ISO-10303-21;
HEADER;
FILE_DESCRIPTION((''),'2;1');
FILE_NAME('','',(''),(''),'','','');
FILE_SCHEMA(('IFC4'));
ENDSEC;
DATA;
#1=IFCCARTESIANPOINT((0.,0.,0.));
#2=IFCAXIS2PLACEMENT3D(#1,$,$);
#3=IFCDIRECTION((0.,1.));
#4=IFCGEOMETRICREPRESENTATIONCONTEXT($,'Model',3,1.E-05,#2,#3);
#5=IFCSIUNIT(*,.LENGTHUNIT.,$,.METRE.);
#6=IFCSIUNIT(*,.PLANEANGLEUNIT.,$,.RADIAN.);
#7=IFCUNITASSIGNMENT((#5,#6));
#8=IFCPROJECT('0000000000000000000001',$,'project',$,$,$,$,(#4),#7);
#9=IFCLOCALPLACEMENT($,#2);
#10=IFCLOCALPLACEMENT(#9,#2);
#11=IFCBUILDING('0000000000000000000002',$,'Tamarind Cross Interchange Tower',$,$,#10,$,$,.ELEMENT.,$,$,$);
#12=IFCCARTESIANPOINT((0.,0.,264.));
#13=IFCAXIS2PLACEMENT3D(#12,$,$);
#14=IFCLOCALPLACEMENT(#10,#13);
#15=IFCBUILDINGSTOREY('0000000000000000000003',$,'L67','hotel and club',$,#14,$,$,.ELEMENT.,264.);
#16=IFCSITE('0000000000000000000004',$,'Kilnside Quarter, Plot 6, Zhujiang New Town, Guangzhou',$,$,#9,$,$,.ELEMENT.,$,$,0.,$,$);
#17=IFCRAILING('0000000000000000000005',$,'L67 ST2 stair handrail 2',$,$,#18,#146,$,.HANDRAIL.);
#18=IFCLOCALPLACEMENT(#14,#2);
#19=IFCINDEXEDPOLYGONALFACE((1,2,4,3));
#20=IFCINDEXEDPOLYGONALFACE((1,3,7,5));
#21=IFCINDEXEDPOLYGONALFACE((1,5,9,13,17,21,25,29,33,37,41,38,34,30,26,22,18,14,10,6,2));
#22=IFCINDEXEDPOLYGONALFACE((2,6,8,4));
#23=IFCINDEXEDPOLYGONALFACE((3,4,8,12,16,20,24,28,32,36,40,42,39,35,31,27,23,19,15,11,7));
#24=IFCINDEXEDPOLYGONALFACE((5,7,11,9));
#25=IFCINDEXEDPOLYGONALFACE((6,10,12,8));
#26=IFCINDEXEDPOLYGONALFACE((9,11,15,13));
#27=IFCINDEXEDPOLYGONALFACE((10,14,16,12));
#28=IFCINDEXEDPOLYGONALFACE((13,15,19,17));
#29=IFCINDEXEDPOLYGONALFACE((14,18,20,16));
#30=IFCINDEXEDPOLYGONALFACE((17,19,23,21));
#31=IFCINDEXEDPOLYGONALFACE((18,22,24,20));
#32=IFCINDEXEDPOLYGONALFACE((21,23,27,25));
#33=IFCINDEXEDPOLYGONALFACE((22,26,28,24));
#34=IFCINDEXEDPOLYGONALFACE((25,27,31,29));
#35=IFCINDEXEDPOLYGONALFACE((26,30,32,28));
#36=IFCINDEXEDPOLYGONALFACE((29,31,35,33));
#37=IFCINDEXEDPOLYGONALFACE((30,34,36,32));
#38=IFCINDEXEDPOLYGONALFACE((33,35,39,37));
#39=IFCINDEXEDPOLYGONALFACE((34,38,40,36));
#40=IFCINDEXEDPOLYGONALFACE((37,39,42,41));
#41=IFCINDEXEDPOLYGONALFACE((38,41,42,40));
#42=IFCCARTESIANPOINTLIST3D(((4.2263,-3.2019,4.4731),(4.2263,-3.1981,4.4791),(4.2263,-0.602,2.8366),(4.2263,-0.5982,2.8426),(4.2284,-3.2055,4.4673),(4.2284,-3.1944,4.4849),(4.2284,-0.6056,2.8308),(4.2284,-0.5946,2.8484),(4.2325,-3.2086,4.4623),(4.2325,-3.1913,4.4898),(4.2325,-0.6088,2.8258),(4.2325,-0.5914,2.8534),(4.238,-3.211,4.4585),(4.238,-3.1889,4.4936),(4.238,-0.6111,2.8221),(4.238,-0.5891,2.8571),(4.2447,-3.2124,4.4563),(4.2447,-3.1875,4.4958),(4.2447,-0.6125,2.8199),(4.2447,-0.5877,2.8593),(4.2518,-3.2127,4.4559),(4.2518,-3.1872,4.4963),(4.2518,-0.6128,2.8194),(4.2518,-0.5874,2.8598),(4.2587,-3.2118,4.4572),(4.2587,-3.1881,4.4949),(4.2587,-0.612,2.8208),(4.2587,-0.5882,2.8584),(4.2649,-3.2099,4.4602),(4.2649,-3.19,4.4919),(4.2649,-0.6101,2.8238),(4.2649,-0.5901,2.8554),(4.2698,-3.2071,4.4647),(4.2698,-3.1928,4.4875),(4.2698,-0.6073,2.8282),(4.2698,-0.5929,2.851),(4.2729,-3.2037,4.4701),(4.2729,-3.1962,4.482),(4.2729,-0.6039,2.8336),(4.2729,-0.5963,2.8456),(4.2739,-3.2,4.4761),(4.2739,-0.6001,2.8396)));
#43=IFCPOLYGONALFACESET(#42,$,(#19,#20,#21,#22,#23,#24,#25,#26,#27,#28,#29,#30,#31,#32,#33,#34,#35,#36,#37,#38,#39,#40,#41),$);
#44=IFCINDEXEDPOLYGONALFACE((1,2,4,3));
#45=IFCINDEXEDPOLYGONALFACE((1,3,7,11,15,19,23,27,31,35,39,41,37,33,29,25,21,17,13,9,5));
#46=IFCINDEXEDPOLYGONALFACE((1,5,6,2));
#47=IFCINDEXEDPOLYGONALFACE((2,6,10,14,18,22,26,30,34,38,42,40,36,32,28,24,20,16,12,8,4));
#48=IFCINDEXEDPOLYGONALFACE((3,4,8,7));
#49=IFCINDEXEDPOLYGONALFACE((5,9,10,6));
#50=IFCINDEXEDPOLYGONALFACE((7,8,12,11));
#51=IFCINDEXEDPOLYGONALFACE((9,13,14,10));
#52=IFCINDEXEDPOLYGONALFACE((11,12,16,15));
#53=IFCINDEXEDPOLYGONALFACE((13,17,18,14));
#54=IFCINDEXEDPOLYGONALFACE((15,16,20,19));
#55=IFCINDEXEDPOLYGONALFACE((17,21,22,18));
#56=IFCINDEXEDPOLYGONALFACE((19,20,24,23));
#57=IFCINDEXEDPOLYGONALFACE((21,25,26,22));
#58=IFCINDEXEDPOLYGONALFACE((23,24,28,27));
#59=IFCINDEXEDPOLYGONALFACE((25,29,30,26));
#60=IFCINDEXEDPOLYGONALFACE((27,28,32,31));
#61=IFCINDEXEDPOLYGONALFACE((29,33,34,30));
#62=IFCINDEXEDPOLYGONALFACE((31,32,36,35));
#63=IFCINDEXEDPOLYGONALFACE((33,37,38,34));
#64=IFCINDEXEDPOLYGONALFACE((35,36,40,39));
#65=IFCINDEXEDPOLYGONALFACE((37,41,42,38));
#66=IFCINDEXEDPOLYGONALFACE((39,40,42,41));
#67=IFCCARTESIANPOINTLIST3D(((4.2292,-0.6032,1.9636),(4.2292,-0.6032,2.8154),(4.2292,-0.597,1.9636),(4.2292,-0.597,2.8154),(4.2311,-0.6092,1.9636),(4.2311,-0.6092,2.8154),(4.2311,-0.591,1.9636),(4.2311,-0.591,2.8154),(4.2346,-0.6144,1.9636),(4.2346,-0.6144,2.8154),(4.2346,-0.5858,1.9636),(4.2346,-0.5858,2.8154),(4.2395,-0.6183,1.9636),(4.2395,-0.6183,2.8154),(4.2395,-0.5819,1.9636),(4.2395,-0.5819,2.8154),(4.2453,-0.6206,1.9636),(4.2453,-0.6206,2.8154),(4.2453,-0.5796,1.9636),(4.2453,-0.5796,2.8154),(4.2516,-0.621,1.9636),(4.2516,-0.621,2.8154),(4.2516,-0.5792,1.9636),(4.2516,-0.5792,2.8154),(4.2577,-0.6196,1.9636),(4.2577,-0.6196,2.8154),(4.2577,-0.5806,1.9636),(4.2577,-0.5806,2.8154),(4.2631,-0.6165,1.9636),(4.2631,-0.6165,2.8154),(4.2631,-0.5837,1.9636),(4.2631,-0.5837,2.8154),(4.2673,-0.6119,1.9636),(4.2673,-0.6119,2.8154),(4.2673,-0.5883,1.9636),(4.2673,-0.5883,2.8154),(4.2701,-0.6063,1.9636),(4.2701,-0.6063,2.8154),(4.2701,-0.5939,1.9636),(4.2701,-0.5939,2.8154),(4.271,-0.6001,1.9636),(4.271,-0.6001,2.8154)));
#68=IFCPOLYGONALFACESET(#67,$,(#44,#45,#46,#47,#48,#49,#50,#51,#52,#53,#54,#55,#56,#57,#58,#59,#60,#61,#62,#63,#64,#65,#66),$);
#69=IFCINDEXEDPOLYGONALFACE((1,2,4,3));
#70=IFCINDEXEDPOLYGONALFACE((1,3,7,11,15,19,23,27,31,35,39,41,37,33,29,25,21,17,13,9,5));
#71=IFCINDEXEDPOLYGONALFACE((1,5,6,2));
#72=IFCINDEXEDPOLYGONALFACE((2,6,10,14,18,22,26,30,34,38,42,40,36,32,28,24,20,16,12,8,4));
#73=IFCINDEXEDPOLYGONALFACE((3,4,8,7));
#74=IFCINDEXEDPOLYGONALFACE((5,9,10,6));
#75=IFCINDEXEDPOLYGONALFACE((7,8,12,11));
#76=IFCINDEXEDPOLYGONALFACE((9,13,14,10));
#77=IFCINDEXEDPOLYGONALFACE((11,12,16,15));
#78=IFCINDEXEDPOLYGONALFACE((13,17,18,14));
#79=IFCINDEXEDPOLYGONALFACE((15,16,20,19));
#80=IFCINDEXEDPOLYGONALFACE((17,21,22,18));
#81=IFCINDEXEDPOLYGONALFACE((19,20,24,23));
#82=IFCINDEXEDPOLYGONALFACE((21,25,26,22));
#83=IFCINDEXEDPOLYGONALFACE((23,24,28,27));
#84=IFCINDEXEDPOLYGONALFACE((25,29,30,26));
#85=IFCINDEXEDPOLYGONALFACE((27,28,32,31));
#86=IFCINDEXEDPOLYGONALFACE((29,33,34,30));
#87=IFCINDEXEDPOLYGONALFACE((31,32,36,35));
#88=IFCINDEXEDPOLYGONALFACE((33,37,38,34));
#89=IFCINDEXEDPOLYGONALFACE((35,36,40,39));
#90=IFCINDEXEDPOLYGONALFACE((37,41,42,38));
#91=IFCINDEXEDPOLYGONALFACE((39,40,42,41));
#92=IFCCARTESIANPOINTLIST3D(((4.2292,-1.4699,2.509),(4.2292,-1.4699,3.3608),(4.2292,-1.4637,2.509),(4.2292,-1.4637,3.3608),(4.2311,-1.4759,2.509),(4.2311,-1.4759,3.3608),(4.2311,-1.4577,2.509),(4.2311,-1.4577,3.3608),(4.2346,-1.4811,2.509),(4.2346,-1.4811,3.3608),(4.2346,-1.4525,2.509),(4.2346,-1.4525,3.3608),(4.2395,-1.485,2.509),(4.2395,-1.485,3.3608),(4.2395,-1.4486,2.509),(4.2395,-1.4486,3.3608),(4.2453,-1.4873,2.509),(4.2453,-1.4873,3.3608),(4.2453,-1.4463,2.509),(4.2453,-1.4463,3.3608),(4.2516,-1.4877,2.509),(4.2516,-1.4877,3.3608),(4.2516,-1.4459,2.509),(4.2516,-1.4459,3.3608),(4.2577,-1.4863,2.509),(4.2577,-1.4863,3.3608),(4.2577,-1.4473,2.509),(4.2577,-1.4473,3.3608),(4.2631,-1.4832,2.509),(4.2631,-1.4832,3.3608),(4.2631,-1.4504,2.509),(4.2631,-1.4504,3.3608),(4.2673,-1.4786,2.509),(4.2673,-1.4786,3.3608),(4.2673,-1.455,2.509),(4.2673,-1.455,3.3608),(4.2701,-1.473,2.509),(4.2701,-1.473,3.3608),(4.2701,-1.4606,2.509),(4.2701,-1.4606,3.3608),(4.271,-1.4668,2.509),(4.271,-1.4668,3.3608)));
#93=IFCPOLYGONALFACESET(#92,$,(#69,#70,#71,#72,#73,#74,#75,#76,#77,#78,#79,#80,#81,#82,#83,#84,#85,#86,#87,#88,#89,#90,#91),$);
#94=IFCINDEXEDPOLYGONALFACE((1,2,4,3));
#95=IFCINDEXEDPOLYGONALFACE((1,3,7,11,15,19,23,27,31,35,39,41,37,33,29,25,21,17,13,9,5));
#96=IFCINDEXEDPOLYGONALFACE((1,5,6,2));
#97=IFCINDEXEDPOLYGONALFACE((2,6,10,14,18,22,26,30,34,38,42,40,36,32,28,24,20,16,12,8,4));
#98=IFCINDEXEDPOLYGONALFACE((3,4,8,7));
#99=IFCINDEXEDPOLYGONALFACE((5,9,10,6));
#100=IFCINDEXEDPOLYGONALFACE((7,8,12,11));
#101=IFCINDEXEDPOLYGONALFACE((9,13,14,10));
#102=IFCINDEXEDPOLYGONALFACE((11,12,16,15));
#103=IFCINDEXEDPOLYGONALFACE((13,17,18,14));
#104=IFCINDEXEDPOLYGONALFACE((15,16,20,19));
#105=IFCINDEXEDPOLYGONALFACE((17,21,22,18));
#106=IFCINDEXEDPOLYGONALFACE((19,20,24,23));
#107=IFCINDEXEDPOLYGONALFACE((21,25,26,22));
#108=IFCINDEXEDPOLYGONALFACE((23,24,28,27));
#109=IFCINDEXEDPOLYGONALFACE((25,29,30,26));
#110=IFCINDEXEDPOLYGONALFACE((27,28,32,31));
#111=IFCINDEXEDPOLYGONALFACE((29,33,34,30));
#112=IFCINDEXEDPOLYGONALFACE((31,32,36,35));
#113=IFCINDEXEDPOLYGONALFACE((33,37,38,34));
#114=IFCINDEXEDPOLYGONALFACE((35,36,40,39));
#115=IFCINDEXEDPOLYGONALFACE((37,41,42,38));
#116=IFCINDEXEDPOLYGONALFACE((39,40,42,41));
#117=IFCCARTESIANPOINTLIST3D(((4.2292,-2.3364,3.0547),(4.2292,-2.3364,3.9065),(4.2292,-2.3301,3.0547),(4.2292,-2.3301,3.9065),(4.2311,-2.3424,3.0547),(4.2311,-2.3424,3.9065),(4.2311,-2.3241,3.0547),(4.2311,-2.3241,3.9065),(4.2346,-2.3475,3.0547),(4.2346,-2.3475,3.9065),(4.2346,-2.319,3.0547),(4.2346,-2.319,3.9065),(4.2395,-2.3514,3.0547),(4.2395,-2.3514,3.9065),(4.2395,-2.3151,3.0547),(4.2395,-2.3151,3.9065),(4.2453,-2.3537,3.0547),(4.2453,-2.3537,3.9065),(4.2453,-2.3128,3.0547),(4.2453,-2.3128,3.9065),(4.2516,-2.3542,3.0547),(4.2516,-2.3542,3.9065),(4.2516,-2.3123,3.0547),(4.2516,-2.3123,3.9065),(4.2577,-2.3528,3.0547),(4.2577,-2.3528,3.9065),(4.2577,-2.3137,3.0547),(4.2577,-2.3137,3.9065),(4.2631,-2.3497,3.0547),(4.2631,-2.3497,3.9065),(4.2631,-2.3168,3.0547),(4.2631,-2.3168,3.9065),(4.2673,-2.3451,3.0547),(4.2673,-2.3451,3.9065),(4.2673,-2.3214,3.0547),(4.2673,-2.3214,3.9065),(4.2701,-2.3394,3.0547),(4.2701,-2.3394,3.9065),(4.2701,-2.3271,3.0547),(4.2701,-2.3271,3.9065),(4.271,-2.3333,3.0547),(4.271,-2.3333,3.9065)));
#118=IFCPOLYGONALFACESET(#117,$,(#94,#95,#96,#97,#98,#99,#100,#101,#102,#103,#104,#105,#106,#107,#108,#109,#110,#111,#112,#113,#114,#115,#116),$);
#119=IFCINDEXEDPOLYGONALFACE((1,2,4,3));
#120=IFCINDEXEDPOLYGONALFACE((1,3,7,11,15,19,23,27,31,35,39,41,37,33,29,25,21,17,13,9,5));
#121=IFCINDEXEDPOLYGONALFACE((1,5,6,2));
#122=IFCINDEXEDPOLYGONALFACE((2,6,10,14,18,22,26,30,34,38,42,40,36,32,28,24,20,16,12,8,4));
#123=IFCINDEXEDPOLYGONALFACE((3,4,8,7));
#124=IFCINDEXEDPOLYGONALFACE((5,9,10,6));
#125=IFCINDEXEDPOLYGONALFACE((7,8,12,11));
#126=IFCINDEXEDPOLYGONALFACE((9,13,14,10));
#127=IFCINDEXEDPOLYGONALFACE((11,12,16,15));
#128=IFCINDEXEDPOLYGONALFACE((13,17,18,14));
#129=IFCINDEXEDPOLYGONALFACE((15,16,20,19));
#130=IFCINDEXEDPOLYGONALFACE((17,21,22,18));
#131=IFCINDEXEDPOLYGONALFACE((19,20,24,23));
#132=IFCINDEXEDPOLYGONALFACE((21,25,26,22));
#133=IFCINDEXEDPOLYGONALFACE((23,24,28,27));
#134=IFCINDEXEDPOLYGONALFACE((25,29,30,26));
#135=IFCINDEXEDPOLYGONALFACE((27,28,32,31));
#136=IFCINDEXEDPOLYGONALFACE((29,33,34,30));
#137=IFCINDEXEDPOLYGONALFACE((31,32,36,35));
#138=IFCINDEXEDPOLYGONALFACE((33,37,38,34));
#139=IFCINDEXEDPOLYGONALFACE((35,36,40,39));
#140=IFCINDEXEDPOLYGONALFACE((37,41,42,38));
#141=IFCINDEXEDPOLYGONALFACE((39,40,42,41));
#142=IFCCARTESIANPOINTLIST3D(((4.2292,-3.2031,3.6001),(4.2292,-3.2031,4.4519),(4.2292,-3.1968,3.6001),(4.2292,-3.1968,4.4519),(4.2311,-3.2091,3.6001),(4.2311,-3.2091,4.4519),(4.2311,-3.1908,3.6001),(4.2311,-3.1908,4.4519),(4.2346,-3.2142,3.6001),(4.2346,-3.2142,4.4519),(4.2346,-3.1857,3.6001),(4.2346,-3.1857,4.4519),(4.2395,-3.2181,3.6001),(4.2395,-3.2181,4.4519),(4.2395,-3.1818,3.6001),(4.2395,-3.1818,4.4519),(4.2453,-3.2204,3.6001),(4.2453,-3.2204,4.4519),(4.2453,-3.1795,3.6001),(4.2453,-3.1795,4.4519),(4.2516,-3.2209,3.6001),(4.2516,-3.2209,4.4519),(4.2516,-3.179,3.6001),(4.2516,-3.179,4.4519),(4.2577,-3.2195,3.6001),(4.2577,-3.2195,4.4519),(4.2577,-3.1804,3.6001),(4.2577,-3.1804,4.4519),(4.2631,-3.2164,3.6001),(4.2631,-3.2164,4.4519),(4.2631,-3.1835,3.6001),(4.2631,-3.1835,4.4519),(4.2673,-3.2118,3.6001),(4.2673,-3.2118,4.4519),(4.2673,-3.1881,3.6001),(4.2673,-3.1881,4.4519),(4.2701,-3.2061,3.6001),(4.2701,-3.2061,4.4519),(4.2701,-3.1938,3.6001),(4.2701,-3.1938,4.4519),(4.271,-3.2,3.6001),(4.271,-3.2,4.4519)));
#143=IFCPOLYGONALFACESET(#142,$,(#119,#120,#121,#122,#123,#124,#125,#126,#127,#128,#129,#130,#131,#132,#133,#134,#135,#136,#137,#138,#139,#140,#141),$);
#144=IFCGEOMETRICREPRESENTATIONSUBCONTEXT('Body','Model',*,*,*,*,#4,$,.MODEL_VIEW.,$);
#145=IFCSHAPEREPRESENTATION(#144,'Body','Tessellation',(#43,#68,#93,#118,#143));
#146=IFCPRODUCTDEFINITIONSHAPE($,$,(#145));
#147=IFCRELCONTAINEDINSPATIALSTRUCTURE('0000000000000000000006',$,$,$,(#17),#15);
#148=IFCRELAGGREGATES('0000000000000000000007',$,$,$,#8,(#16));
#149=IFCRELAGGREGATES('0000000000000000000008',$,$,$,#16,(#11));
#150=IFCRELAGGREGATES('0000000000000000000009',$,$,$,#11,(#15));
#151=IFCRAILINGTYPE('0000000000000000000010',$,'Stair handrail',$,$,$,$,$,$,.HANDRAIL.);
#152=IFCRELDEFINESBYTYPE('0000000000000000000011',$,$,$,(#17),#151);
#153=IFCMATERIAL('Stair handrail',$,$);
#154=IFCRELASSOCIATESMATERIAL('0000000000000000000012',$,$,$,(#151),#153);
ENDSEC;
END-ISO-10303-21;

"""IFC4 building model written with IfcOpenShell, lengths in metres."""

from ifc_helpers import new_model, si_unit, direction, frame, origin, origin_2d, place, context, subcontext, project, spatial, circle, extrude, material, type_object, element, save


model = new_model("IFC4")

# Units and contexts
model_context = context("Model", 3, precision=1e-05, world=origin(), true_north=direction((0.0, 1.0)))
body_context = subcontext(model_context, "Body", "Model", "MODEL_VIEW")
ifc_project = project(units=[si_unit("LENGTHUNIT", "METRE"), si_unit("PLANEANGLEUNIT", "RADIAN")], contexts=[model_context])

# Site, building, storey
site_placement = place(None, origin())
site = spatial("IfcSite", under=ifc_project, at=site_placement, Name="Kilnside Quarter, Plot 6, Zhujiang New Town, Guangzhou", CompositionType="ELEMENT", RefElevation=0.0)
building_placement = place(site_placement, origin())
building = spatial("IfcBuilding", under=site, at=building_placement, Name="Tamarind Cross Interchange Tower", CompositionType="ELEMENT")
storey_placement = place(building_placement, frame((0.0, 0.0, 264.0)))
storey = spatial("IfcBuildingStorey", under=building, at=storey_placement, Name="L67", Description="hotel and club", CompositionType="ELEMENT", Elevation=264.0)

# Railing
ifc_material_1 = material(Name="Stair handrail")
railing_type_1 = type_object("IfcRailingType", Name="Stair handrail", PredefinedType="HANDRAIL", material=ifc_material_1)
railing_1_placement = place(storey_placement, frame((4.25, -0.6001, 1.9636)))
element("IfcRailing", 1, at=railing_1_placement, inside=storey, type_object=railing_type_1, Name="L67 ST2 stair handrail 2", PredefinedType="HANDRAIL", context=body_context, shape_type="SweptSolid", body=[
    extrude(circle(Radius=0.0239, at=origin_2d()), frame((0.0, 0.0, 0.876), z_axis=(0.0, -0.846302, 0.532704), x_axis=(1.0, 0.0, 0.0)), (0.0, 0.0, 1.0), 3.072),
    extrude(circle(Radius=0.021, at=origin_2d()), origin(), (0.0, 0.0, 1.0), 0.8518),
    extrude(circle(Radius=0.021, at=origin_2d()), frame((0.0, -0.8667, 0.5454)), (0.0, 0.0, 1.0), 0.8518),
    extrude(circle(Radius=0.021, at=origin_2d()), frame((0.0, -1.7332, 1.0911)), (0.0, 0.0, 1.0), 0.8518),
    extrude(circle(Radius=0.021, at=origin_2d()), frame((0.0, -2.5999, 1.6365)), (0.0, 0.0, 1.0), 0.8518),
])

save(model, "model.ifc")
